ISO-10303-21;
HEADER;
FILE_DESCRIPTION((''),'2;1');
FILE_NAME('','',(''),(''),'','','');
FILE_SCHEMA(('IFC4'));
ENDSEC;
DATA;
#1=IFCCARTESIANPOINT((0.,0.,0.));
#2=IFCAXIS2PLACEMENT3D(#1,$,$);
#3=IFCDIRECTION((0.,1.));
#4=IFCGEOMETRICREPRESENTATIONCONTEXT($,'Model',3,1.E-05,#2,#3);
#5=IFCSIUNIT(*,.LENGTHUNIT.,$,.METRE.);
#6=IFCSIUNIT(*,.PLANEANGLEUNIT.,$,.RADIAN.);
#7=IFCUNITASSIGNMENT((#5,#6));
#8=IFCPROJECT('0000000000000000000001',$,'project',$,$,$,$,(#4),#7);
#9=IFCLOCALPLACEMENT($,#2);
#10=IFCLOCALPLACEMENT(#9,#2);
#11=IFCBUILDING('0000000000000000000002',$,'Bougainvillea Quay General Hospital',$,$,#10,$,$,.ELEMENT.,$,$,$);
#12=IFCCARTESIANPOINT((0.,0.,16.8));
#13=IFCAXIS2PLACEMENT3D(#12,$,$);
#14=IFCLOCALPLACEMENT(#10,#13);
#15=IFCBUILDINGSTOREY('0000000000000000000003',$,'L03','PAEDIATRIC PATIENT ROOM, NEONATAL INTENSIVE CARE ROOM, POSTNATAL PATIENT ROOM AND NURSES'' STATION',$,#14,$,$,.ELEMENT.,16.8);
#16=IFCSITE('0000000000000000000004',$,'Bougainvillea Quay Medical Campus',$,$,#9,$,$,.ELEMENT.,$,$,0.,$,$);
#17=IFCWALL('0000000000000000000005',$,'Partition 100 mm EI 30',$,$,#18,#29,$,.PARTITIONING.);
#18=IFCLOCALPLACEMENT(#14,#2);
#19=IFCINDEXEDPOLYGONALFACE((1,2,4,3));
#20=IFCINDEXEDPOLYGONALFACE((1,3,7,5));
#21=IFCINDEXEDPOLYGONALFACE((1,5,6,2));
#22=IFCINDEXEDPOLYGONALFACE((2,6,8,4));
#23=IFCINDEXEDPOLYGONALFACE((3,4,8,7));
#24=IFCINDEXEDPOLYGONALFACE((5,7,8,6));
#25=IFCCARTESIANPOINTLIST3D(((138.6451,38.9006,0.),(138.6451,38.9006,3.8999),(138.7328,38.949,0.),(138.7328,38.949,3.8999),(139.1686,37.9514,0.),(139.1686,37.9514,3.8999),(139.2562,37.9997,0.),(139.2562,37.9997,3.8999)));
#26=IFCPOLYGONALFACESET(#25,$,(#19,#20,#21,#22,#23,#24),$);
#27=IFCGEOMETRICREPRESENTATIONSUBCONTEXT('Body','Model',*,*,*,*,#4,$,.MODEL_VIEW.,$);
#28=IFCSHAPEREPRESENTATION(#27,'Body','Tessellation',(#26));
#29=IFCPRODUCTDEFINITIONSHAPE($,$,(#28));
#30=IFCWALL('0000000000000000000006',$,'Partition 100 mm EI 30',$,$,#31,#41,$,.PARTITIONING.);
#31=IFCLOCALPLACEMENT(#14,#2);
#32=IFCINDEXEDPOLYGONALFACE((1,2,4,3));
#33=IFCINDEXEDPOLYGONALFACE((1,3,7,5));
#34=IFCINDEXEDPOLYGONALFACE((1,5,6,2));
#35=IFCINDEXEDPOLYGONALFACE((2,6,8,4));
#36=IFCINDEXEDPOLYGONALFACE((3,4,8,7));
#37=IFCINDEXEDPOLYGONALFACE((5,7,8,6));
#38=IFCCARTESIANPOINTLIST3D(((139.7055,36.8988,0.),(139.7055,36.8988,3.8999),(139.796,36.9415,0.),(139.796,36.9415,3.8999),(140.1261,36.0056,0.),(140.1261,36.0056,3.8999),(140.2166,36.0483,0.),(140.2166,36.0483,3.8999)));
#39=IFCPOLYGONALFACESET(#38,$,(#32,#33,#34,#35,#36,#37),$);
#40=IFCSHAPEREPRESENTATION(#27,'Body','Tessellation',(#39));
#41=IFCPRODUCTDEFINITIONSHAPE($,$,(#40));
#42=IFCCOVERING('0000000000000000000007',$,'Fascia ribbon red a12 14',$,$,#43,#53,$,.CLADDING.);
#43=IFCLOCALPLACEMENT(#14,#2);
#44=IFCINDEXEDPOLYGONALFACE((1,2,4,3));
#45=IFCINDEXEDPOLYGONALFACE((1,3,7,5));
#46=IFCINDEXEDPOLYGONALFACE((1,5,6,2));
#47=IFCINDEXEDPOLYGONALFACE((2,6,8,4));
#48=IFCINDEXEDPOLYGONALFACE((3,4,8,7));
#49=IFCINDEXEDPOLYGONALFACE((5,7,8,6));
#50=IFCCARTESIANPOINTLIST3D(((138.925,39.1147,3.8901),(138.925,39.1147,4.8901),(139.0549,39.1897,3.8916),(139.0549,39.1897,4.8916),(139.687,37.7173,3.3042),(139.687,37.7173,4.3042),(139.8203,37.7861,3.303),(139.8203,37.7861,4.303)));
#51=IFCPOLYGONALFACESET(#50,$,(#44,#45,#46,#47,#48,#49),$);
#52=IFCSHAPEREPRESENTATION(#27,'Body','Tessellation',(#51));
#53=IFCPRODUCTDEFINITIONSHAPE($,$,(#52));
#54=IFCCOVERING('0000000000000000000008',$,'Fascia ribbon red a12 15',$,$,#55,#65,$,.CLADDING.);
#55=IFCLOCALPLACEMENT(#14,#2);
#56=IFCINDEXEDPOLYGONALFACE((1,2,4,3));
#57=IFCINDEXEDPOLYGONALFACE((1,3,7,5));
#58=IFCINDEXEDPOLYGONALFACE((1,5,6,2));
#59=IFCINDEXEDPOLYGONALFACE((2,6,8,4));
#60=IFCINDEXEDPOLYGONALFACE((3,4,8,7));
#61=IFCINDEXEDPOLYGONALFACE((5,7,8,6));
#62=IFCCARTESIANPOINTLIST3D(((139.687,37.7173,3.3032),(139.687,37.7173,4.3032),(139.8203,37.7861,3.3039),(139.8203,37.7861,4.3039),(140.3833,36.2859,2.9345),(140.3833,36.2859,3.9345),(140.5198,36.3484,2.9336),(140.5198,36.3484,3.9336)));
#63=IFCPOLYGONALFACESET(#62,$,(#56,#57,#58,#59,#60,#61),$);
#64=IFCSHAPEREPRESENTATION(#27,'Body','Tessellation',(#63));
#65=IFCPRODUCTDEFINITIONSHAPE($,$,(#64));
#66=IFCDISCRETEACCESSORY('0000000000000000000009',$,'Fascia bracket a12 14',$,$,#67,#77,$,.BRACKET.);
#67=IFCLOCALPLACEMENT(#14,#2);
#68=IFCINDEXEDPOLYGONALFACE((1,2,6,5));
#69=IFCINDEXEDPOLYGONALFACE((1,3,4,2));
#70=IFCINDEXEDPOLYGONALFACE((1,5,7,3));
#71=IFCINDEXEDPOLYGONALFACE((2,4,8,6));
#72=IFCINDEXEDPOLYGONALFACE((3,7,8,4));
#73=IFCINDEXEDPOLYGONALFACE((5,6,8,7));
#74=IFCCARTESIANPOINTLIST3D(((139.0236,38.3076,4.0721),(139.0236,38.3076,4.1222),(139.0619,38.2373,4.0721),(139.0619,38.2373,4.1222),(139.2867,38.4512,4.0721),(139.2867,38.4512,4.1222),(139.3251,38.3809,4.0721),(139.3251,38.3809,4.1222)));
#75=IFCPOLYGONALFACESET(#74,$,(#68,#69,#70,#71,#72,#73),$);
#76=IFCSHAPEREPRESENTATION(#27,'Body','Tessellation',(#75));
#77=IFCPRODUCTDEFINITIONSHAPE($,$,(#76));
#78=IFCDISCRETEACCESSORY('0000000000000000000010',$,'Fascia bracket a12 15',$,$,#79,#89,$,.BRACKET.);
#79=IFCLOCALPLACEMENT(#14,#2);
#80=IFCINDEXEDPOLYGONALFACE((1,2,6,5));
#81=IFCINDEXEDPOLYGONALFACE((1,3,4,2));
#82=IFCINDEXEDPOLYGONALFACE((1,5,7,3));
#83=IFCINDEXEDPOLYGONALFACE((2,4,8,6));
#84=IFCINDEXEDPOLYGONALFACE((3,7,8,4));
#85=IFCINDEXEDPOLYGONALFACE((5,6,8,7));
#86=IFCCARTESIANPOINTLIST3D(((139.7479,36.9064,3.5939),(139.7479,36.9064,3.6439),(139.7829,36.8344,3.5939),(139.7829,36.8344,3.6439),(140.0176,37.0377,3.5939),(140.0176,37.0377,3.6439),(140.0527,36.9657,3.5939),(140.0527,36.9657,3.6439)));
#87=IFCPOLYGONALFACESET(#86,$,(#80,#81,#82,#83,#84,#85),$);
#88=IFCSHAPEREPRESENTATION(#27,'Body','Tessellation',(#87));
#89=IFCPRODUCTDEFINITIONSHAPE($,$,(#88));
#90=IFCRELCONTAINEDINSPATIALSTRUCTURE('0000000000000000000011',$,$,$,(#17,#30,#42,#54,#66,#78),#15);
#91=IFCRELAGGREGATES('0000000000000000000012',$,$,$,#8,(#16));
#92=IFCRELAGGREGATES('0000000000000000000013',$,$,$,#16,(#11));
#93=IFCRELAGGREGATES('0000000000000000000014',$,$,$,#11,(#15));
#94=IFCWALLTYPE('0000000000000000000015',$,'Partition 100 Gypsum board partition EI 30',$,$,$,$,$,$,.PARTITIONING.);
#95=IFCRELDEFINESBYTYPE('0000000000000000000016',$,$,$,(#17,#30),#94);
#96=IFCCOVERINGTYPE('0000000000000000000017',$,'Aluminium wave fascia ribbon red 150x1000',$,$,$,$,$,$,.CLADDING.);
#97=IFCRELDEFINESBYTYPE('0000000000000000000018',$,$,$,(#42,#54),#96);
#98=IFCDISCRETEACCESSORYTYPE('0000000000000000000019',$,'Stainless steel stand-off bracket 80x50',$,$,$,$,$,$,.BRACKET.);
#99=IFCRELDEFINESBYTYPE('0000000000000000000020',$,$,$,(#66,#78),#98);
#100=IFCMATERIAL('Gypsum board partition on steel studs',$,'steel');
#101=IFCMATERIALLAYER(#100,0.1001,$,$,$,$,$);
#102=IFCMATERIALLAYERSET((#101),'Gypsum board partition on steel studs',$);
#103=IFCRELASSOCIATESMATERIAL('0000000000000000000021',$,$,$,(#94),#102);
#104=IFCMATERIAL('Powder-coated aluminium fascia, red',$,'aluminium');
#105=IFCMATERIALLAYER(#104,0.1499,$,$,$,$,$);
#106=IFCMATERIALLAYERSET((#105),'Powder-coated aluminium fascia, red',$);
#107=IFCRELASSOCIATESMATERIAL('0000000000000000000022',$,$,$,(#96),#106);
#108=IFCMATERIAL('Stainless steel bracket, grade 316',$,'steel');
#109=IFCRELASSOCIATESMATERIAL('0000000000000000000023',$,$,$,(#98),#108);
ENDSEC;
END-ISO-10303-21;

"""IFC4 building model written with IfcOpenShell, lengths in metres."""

from ifc_helpers import new_model, si_unit, direction, frame, frame_2d, origin, origin_2d, place, context, subcontext, project, spatial, polyline, rectangle, outline, extrude, material, layer, layer_set, material_profile, profile_set, type_object, element, save


model = new_model("IFC4")

# Units and contexts
model_context = context("Model", 3, precision=1e-05, world=origin(), true_north=direction((0.0, 1.0)))
body_context = subcontext(model_context, "Body", "Model", "MODEL_VIEW")
ifc_project = project(units=[si_unit("LENGTHUNIT", "METRE"), si_unit("PLANEANGLEUNIT", "RADIAN")], contexts=[model_context])

# Site, building, storey
site_placement = place(None, origin())
site = spatial("IfcSite", under=ifc_project, at=site_placement, Name="Bougainvillea Quay Medical Campus", CompositionType="ELEMENT", RefElevation=0.0)
building_placement = place(site_placement, origin())
building = spatial("IfcBuilding", under=site, at=building_placement, Name="Bougainvillea Quay General Hospital", CompositionType="ELEMENT")
storey_placement = place(building_placement, frame((0.0, 0.0, 16.8)))
storey = spatial("IfcBuildingStorey", under=building, at=storey_placement, Name="L03", Description="PAEDIATRIC PATIENT ROOM, NEONATAL INTENSIVE CARE ROOM, POSTNATAL PATIENT ROOM AND NURSES' STATION", CompositionType="ELEMENT", Elevation=16.8)

# Walls
ifc_material_1 = material(Name="Gypsum board partition on steel studs", Category="steel")
ifc_layer_1 = layer(ifc_material_1, 0.1001)
ifc_layer_set_1 = layer_set([ifc_layer_1], Name="Gypsum board partition on steel studs")
wall_type = type_object("IfcWallType", Name="Partition 100 Gypsum board partition EI 30", PredefinedType="PARTITIONING", material=ifc_layer_set_1)
wall_1_placement = place(storey_placement, frame((138.689, 38.9248, 0.0), z_axis=(0.0, 0.0, 1.0), x_axis=(0.482887, -0.875683, 0.0)))
element("IfcWall", 1, at=wall_1_placement, inside=storey, type_object=wall_type, Name="Partition 100 mm EI 30", PredefinedType="PARTITIONING", context=body_context, shape_type="SweptSolid", body=[
    extrude(rectangle(XDim=1.084, YDim=0.1001, at=frame_2d((0.542, 0.0))), origin(), (0.0, 0.0, 1.0), 3.8999),
])
wall_2_placement = place(storey_placement, frame((139.7507, 36.9202, 0.0), z_axis=(0.0, 0.0, 1.0), x_axis=(0.426023, -0.904712, 0.0)))
element("IfcWall", 2, at=wall_2_placement, inside=storey, type_object=wall_type, Name="Partition 100 mm EI 30", PredefinedType="PARTITIONING", context=body_context, shape_type="SweptSolid", body=[
    extrude(rectangle(XDim=0.9873, YDim=0.1001, at=frame_2d((0.4937, 0.0))), origin(), (0.0, 0.0, 1.0), 3.8999),
])

# Coverings
ifc_material_2 = material(Name="Powder-coated aluminium fascia, red", Category="aluminium")
ifc_layer_2 = layer(ifc_material_2, 0.1499)
ifc_layer_set_2 = layer_set([ifc_layer_2], Name="Powder-coated aluminium fascia, red")
covering_type = type_object("IfcCoveringType", Name="Aluminium wave fascia ribbon red 150x1000", PredefinedType="CLADDING", material=ifc_layer_set_2)
covering_1_placement = place(storey_placement, frame((138.925, 39.1147, 3.8901), z_axis=(0.164983, -0.303549, 0.938423), x_axis=(0.449235, -0.823909, -0.345487)))
element("IfcCovering", 3, at=covering_1_placement, inside=storey, type_object=covering_type, Name="Fascia ribbon red a12 14", PredefinedType="CLADDING", context=body_context, shape_type="SweptSolid", body=[
    extrude(outline(polyline([(0.0, 0.0), (1.6961, 0.0), (1.6997, 0.15), (-0.0039, 0.1499), (0.0, 0.0)])), origin(), (-0.345487, 0.000434, 0.938423), 1.0),
])
covering_2_placement = place(storey_placement, frame((139.687, 37.7173, 3.3032), z_axis=(0.09949, -0.202531, 0.974209), x_axis=(0.42615, -0.876059, -0.225647)))
element("IfcCovering", 4, at=covering_2_placement, inside=storey, type_object=covering_type, Name="Fascia ribbon red a12 15", PredefinedType="CLADDING", context=body_context, shape_type="SweptSolid", body=[
    extrude(outline(polyline([(0.0, 0.0), (1.6339, 0.0), (1.6375, 0.1501), (-0.0037, 0.15), (0.0, 0.0)])), origin(), (-0.225647, -0.00085, 0.974209), 1.0),
])

# Discrete accessories
ifc_material_3 = material(Name="Stainless steel bracket, grade 316", Category="steel")
ifc_material_profile_1 = material_profile(ifc_material_3, rectangle(XDim=0.0801, YDim=0.05, at=origin_2d()))
ifc_profile_set_1 = profile_set([ifc_material_profile_1], Name="Stainless steel bracket, grade 316")
discrete_accessory_type = type_object("IfcDiscreteAccessoryType", Name="Stainless steel stand-off bracket 80x50", PredefinedType="BRACKET", material=ifc_profile_set_1)
discrete_accessory_1_placement = place(storey_placement, frame((139.0427, 38.2725, 4.0972), z_axis=(0.877896, 0.478852, 0.0), x_axis=(-0.478852, 0.877896, 0.0)))
element("IfcDiscreteAccessory", 5, at=discrete_accessory_1_placement, inside=storey, type_object=discrete_accessory_type, Name="Fascia bracket a12 14", PredefinedType="BRACKET", context=body_context, shape_type="SweptSolid", body=[
    extrude(rectangle(XDim=0.0801, YDim=0.05, at=origin_2d()), origin(), (0.0, 0.0, 1.0), 0.2998),
])
discrete_accessory_2_placement = place(storey_placement, frame((139.7654, 36.8704, 3.6189), z_axis=(0.899097, 0.43775, 0.0), x_axis=(-0.43775, 0.899097, 0.0)))
element("IfcDiscreteAccessory", 6, at=discrete_accessory_2_placement, inside=storey, type_object=discrete_accessory_type, Name="Fascia bracket a12 15", PredefinedType="BRACKET", context=body_context, shape_type="SweptSolid", body=[
    extrude(rectangle(XDim=0.0801, YDim=0.05, at=origin_2d()), origin(), (0.0, 0.0, 1.0), 0.3),
])

save(model, "model.ifc")
